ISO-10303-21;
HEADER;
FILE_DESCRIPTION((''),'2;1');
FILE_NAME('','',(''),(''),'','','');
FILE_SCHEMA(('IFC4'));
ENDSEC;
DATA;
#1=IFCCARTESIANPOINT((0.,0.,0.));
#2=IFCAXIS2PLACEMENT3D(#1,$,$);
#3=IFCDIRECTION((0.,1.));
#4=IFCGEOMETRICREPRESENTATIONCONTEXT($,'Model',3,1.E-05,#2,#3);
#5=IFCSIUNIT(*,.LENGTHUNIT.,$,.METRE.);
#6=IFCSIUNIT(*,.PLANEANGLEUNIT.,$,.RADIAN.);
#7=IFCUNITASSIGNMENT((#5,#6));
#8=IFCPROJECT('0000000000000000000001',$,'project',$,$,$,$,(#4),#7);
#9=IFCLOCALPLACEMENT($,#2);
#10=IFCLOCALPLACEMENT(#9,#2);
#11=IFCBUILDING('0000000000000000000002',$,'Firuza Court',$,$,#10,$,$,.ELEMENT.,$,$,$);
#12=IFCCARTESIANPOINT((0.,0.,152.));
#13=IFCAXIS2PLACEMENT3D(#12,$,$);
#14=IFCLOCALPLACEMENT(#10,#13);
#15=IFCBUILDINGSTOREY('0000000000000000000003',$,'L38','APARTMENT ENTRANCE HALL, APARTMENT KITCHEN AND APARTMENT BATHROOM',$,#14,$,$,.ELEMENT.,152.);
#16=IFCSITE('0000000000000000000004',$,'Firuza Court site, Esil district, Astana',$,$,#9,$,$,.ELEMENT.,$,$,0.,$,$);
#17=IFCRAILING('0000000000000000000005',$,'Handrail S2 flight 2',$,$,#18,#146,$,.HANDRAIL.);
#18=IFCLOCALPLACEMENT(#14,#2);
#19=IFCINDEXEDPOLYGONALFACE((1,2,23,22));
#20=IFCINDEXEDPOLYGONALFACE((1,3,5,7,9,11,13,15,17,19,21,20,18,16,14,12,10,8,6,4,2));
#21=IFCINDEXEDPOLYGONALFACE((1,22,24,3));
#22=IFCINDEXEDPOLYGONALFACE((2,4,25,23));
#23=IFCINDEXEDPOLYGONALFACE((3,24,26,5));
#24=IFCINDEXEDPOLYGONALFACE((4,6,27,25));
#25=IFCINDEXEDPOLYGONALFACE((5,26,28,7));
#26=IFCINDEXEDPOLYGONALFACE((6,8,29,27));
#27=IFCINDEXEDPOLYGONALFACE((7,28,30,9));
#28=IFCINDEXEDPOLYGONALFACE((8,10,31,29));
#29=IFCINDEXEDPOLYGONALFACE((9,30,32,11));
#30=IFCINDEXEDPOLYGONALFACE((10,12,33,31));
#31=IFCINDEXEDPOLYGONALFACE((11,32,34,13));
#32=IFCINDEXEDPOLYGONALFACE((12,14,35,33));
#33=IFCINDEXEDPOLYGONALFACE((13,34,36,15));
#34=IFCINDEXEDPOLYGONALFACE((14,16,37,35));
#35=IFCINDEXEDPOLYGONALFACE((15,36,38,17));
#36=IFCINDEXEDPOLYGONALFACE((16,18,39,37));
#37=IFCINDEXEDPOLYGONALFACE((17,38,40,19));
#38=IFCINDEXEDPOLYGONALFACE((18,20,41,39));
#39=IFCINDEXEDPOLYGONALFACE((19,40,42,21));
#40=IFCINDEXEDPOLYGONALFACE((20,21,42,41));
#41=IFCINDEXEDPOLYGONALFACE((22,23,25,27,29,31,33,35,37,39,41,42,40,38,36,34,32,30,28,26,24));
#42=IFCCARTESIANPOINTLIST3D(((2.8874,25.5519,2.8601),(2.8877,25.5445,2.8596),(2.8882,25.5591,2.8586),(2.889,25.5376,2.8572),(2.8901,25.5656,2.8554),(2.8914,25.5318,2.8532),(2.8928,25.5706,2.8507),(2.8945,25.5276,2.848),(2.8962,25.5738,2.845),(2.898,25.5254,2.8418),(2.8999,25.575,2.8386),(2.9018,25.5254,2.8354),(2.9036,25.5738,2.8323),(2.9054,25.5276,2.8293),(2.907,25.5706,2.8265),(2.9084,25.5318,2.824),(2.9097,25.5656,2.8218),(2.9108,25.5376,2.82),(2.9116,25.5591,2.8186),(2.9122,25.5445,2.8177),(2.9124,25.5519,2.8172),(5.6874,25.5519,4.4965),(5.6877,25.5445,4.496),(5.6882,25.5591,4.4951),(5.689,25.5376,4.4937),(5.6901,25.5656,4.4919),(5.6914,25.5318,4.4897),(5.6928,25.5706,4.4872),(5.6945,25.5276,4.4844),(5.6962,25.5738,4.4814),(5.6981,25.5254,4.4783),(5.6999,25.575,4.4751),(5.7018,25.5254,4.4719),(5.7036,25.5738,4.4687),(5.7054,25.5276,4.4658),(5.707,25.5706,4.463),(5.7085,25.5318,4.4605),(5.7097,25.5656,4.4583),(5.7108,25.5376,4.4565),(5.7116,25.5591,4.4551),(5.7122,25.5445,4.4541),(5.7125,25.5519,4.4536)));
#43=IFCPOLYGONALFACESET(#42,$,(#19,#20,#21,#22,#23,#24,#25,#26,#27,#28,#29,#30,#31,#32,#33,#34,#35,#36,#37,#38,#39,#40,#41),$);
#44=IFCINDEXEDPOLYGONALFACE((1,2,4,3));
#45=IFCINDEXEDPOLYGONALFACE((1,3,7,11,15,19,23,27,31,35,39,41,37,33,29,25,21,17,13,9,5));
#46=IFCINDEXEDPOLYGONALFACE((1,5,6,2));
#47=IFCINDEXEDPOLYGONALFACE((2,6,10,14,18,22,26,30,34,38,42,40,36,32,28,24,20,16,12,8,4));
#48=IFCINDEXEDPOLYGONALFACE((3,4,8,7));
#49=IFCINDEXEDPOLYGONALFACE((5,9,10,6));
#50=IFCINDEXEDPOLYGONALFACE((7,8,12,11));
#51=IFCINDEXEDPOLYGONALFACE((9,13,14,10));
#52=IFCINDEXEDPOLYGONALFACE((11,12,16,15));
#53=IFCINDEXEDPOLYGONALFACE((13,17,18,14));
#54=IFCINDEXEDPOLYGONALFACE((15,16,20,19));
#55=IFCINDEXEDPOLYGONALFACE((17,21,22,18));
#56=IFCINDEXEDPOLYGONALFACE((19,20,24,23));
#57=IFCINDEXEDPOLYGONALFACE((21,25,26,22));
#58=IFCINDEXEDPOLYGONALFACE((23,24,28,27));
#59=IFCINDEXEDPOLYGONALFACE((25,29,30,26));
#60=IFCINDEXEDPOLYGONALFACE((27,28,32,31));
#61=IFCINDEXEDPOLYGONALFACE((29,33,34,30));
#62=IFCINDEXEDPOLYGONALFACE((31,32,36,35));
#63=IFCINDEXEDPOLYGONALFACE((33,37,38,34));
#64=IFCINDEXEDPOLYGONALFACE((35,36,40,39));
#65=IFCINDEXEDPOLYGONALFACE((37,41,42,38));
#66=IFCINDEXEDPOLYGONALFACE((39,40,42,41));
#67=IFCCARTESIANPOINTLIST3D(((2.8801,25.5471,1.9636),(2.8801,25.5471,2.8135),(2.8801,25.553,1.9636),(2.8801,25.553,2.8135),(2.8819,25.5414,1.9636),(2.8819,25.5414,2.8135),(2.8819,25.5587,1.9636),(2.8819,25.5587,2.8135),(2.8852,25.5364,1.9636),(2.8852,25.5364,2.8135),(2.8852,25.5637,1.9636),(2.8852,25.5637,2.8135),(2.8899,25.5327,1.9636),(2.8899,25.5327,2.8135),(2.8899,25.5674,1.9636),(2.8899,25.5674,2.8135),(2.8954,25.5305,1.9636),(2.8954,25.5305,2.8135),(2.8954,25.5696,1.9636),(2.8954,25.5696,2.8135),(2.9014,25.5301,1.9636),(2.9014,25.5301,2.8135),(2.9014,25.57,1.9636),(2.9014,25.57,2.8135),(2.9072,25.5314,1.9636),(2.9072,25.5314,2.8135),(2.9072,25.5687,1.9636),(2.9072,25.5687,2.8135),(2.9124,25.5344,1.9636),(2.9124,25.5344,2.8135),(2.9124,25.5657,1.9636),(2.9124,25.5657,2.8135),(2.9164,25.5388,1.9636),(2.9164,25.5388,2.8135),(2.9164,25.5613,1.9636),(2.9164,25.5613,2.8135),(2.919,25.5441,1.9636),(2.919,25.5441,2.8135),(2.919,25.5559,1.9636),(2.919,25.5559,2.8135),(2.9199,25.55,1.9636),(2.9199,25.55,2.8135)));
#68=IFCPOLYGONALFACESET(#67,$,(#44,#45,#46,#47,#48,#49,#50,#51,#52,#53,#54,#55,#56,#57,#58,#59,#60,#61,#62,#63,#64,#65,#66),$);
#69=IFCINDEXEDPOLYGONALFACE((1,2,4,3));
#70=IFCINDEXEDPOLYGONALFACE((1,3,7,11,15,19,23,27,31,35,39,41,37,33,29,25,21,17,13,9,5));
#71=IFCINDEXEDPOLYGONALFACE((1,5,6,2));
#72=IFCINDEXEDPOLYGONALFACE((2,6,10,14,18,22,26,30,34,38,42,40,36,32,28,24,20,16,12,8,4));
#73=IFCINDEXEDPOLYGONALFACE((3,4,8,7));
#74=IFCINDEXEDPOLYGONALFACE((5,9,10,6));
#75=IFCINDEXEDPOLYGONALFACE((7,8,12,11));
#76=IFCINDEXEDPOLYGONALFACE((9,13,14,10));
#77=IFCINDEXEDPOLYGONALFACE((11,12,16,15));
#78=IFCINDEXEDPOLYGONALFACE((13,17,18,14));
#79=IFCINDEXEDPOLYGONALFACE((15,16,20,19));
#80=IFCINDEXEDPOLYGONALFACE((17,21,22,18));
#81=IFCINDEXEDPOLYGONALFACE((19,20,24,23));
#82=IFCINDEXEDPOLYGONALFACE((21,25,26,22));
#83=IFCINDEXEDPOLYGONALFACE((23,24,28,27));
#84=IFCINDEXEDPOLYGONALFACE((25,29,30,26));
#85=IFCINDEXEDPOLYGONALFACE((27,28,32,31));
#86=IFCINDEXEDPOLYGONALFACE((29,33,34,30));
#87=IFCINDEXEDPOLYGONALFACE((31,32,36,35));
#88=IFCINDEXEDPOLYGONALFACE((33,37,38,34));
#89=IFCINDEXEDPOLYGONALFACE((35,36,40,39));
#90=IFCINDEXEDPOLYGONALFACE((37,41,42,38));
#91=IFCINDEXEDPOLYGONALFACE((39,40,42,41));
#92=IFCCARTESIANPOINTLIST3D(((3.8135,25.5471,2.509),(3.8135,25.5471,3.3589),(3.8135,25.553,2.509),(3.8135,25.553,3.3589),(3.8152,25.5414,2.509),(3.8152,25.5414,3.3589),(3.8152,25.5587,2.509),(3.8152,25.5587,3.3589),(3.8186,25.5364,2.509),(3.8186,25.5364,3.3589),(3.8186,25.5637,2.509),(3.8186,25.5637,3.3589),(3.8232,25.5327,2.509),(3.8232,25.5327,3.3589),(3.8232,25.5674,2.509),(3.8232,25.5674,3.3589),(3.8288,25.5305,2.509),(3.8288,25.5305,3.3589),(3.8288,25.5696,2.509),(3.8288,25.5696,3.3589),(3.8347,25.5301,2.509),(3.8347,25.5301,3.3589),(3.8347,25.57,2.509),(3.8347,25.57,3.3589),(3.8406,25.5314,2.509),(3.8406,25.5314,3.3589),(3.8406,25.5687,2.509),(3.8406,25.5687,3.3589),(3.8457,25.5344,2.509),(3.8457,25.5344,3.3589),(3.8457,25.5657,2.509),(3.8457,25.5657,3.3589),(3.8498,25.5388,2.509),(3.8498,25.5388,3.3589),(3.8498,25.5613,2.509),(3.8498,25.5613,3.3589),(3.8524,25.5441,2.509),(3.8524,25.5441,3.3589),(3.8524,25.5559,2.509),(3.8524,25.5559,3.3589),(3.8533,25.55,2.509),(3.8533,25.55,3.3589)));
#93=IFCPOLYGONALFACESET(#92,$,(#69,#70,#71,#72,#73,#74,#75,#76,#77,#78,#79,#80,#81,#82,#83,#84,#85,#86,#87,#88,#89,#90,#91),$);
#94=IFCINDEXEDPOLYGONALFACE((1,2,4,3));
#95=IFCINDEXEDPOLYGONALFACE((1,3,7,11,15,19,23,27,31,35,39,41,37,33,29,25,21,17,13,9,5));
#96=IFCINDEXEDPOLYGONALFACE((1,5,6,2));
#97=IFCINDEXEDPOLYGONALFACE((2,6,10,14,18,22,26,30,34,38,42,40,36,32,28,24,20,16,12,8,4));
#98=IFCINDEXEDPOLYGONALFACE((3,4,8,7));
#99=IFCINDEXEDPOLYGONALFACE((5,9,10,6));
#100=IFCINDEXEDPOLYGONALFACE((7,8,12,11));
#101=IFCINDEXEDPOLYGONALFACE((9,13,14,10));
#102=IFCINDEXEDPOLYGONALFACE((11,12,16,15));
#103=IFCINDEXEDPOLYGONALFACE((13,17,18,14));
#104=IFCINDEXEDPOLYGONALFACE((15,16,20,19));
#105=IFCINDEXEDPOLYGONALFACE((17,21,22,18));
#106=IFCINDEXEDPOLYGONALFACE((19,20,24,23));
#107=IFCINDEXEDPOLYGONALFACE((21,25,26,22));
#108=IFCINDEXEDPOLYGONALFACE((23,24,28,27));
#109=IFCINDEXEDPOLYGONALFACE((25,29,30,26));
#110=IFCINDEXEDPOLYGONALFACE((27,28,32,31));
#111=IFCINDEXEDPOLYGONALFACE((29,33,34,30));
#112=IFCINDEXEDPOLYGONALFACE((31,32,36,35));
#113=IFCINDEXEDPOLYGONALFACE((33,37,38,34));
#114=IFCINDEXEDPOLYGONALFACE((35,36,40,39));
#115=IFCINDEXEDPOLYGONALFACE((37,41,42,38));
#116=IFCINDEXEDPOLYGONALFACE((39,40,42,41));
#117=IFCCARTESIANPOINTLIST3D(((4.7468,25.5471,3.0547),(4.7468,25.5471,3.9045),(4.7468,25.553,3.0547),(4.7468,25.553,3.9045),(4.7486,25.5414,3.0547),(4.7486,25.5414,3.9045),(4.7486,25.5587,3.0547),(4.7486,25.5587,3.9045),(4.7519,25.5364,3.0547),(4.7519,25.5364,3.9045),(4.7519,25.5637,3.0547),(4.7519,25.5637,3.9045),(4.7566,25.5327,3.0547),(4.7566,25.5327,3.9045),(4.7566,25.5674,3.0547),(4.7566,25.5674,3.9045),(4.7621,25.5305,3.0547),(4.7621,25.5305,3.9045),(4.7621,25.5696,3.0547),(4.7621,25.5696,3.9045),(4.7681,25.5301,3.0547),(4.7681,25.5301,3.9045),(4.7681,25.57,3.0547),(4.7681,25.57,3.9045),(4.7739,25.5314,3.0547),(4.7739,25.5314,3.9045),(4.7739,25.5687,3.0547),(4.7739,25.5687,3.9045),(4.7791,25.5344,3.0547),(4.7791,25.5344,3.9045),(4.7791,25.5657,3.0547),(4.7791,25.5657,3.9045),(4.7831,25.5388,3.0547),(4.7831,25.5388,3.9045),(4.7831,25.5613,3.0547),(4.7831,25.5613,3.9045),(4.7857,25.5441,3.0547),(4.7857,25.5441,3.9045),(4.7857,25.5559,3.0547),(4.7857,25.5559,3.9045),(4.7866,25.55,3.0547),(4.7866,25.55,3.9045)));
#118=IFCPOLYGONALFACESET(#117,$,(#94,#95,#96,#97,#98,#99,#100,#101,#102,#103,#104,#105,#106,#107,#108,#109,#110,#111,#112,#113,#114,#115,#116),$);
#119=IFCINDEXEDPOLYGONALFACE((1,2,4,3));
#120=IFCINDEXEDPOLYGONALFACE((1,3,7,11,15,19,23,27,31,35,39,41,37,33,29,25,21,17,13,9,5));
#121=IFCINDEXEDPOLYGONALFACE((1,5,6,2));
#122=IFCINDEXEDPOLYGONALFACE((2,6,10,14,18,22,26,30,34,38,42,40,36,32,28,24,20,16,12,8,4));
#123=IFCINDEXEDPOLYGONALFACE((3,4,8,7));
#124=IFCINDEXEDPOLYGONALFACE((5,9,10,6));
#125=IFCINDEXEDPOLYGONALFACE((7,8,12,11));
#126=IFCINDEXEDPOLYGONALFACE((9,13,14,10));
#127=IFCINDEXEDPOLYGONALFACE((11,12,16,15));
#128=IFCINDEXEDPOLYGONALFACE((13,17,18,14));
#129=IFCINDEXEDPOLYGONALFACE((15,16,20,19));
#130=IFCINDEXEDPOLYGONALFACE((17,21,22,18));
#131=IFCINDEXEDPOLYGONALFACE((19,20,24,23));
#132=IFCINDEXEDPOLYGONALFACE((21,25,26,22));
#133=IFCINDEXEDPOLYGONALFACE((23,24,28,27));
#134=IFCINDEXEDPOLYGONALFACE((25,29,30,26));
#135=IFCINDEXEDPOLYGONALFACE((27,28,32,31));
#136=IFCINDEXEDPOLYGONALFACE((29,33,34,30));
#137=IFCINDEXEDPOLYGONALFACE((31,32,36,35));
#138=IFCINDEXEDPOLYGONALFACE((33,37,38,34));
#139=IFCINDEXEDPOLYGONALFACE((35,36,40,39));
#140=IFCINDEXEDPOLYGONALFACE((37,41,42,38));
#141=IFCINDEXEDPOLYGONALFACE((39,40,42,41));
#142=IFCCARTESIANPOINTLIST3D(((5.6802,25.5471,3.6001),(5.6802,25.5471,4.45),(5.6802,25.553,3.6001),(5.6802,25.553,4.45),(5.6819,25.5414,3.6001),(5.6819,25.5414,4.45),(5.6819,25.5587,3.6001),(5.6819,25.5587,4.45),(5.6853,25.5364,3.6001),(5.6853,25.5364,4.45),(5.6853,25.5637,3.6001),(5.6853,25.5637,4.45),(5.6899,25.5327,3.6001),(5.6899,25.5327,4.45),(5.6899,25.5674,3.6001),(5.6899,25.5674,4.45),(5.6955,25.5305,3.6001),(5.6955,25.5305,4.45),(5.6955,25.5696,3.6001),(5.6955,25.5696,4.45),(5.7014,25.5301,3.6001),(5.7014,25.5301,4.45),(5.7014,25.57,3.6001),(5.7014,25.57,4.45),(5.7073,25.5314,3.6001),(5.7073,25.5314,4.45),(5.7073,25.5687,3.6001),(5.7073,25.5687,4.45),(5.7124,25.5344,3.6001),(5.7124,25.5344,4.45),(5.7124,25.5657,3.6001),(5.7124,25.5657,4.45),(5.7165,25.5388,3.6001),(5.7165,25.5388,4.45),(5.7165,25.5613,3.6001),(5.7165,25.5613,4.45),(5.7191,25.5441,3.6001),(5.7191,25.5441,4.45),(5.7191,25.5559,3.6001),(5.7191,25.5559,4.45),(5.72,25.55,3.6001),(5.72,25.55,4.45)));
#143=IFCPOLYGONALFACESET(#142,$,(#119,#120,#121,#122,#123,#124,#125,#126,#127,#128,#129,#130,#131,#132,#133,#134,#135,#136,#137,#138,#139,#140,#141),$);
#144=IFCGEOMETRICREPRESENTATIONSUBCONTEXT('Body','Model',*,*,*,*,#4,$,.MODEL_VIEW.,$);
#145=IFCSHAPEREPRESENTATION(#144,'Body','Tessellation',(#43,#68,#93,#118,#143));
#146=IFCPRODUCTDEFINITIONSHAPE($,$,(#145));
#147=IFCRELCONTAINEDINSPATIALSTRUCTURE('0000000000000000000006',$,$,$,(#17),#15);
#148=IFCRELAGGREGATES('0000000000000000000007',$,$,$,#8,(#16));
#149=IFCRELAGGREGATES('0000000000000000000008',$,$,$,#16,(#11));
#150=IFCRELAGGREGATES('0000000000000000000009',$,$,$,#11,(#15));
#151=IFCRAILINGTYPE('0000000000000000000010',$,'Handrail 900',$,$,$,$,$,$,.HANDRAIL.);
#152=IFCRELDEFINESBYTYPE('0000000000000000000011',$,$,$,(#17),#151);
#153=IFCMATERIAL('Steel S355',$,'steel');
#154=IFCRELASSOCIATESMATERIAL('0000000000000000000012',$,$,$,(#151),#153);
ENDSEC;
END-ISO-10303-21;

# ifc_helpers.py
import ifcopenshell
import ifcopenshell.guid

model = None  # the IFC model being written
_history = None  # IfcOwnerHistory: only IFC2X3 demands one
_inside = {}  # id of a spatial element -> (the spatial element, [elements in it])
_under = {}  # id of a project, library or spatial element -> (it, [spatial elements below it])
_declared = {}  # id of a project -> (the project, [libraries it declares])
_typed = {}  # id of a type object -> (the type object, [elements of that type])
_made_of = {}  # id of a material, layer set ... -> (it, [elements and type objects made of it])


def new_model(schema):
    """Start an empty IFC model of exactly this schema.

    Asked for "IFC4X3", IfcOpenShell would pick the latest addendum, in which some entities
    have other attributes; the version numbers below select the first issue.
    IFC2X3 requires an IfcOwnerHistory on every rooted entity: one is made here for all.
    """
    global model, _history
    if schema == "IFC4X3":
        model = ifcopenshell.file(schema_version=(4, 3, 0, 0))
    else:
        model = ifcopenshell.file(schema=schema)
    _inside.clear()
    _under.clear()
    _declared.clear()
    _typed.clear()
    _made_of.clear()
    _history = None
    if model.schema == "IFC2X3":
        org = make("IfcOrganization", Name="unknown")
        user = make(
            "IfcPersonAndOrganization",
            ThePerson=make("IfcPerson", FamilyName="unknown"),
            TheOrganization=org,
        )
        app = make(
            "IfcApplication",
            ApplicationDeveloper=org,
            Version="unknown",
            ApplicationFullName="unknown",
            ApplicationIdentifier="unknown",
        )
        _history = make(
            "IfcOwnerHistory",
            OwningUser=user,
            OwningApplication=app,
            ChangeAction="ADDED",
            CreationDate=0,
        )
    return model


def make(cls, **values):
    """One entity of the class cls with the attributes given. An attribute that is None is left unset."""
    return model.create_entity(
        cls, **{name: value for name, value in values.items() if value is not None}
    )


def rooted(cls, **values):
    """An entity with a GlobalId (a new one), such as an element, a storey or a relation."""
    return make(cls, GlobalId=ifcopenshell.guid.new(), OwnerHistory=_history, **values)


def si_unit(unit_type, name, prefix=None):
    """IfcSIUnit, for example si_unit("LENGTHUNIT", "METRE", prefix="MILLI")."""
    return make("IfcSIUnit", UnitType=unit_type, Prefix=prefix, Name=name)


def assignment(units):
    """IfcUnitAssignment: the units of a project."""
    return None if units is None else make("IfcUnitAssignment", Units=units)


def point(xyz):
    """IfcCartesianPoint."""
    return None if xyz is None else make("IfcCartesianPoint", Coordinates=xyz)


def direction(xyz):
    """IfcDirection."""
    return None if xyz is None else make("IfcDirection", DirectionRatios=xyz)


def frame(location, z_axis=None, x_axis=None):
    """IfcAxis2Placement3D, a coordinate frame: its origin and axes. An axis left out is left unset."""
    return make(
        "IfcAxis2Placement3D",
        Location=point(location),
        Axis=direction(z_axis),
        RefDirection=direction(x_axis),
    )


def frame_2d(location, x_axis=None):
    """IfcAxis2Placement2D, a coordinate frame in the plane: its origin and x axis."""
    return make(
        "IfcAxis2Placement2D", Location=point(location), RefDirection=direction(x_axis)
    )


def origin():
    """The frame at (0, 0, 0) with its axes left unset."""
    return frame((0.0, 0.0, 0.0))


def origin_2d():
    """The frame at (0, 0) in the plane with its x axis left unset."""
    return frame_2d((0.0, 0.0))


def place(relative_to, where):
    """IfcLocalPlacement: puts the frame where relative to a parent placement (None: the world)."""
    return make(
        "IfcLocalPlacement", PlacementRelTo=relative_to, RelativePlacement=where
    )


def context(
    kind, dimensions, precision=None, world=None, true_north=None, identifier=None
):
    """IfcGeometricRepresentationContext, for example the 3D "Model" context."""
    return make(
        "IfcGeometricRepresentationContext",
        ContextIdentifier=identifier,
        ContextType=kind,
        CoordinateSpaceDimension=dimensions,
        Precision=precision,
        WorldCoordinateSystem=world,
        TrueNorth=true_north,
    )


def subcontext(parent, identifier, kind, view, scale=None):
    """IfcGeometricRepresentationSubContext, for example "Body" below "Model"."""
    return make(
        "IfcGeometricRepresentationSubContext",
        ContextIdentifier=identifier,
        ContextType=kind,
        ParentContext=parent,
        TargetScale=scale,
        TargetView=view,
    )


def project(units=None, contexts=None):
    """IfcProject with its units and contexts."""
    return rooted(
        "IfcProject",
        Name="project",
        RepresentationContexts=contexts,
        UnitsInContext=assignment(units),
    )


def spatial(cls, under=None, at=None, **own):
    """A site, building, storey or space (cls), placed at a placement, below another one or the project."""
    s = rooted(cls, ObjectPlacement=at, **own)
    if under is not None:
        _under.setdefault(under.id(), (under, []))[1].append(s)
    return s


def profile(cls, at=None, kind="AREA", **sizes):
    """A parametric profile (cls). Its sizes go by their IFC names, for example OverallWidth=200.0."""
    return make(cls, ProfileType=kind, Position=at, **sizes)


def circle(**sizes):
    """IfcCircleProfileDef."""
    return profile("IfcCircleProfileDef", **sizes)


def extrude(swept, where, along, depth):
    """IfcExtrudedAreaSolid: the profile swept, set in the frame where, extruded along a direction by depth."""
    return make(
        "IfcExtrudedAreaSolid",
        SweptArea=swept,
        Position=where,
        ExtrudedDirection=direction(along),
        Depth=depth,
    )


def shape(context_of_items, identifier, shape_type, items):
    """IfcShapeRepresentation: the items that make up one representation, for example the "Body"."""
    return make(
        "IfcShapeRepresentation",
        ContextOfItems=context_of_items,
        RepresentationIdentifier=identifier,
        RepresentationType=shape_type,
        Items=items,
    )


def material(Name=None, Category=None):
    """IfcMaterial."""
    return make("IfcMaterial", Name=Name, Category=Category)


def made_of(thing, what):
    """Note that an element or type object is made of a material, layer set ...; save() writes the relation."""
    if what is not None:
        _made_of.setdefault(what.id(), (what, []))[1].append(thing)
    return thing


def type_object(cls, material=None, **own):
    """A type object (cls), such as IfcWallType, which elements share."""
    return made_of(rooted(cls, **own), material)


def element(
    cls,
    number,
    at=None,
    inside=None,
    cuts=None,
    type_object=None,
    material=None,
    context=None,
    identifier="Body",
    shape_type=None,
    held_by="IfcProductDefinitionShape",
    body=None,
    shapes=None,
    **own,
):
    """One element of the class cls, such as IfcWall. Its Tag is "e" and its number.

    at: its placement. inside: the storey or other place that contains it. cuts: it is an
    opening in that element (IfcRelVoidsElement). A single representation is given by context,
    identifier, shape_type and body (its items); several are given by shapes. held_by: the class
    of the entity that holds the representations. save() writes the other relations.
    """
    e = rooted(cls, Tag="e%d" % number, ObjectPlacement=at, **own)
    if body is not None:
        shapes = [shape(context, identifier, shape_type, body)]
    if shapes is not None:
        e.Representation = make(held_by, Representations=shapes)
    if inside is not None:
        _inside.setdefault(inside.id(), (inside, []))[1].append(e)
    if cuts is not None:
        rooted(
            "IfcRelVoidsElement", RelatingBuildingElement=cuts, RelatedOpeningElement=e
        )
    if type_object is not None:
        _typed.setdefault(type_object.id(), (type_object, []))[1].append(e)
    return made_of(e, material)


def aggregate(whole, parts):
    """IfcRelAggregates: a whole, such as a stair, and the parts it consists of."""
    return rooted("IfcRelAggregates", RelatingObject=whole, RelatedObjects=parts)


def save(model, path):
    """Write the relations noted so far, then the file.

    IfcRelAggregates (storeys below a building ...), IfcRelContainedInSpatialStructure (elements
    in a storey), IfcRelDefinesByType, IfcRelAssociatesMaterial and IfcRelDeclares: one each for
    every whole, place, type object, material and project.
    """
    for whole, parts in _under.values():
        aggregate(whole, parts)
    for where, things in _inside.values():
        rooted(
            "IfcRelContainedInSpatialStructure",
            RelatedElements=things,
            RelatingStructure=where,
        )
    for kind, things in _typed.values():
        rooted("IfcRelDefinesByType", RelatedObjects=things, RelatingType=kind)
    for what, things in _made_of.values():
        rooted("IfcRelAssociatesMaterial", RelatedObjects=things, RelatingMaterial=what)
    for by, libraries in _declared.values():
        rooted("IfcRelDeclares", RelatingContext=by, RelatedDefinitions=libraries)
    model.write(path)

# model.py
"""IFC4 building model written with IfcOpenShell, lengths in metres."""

from ifc_helpers import new_model, si_unit, direction, frame, origin, origin_2d, place, context, subcontext, project, spatial, circle, extrude, material, type_object, element, save


model = new_model("IFC4")

# Units and contexts
model_context = context("Model", 3, precision=1e-05, world=origin(), true_north=direction((0.0, 1.0)))
body_context = subcontext(model_context, "Body", "Model", "MODEL_VIEW")
ifc_project = project(units=[si_unit("LENGTHUNIT", "METRE"), si_unit("PLANEANGLEUNIT", "RADIAN")], contexts=[model_context])

# Site, building, storey
site_placement = place(None, origin())
site = spatial("IfcSite", under=ifc_project, at=site_placement, Name="Firuza Court site, Esil district, Astana", CompositionType="ELEMENT", RefElevation=0.0)
building_placement = place(site_placement, origin())
building = spatial("IfcBuilding", under=site, at=building_placement, Name="Firuza Court", CompositionType="ELEMENT")
storey_placement = place(building_placement, frame((0.0, 0.0, 152.0)))
storey = spatial("IfcBuildingStorey", under=building, at=storey_placement, Name="L38", Description="APARTMENT ENTRANCE HALL, APARTMENT KITCHEN AND APARTMENT BATHROOM", CompositionType="ELEMENT", Elevation=152.0)

# Railing
ifc_material_1 = material(Name="Steel S355", Category="steel")
railing_type_1 = type_object("IfcRailingType", Name="Handrail 900", PredefinedType="HANDRAIL", material=ifc_material_1)
railing_1_placement = place(storey_placement, frame((2.8999, 25.55, 1.9636)))
element("IfcRailing", 1, at=railing_1_placement, inside=storey, type_object=railing_type_1, Name="Handrail S2 flight 2", PredefinedType="HANDRAIL", context=body_context, shape_type="SweptSolid", body=[
    extrude(circle(Radius=0.0249, at=origin_2d()), frame((0.0, 0.0, 0.875), z_axis=(0.863361, 0.0, 0.504587), x_axis=(0.0, 1.0, 0.0)), (0.0, 0.0, 1.0), 3.2432),
    extrude(circle(Radius=0.02, at=origin_2d()), origin(), (0.0, 0.0, 1.0), 0.8499),
    extrude(circle(Radius=0.02, at=origin_2d()), frame((0.9333, 0.0, 0.5454)), (0.0, 0.0, 1.0), 0.8499),
    extrude(circle(Radius=0.02, at=origin_2d()), frame((1.8667, 0.0, 1.0911)), (0.0, 0.0, 1.0), 0.8499),
    extrude(circle(Radius=0.02, at=origin_2d()), frame((2.8, 0.0, 1.6365)), (0.0, 0.0, 1.0), 0.8499),
])

save(model, "model.ifc")
